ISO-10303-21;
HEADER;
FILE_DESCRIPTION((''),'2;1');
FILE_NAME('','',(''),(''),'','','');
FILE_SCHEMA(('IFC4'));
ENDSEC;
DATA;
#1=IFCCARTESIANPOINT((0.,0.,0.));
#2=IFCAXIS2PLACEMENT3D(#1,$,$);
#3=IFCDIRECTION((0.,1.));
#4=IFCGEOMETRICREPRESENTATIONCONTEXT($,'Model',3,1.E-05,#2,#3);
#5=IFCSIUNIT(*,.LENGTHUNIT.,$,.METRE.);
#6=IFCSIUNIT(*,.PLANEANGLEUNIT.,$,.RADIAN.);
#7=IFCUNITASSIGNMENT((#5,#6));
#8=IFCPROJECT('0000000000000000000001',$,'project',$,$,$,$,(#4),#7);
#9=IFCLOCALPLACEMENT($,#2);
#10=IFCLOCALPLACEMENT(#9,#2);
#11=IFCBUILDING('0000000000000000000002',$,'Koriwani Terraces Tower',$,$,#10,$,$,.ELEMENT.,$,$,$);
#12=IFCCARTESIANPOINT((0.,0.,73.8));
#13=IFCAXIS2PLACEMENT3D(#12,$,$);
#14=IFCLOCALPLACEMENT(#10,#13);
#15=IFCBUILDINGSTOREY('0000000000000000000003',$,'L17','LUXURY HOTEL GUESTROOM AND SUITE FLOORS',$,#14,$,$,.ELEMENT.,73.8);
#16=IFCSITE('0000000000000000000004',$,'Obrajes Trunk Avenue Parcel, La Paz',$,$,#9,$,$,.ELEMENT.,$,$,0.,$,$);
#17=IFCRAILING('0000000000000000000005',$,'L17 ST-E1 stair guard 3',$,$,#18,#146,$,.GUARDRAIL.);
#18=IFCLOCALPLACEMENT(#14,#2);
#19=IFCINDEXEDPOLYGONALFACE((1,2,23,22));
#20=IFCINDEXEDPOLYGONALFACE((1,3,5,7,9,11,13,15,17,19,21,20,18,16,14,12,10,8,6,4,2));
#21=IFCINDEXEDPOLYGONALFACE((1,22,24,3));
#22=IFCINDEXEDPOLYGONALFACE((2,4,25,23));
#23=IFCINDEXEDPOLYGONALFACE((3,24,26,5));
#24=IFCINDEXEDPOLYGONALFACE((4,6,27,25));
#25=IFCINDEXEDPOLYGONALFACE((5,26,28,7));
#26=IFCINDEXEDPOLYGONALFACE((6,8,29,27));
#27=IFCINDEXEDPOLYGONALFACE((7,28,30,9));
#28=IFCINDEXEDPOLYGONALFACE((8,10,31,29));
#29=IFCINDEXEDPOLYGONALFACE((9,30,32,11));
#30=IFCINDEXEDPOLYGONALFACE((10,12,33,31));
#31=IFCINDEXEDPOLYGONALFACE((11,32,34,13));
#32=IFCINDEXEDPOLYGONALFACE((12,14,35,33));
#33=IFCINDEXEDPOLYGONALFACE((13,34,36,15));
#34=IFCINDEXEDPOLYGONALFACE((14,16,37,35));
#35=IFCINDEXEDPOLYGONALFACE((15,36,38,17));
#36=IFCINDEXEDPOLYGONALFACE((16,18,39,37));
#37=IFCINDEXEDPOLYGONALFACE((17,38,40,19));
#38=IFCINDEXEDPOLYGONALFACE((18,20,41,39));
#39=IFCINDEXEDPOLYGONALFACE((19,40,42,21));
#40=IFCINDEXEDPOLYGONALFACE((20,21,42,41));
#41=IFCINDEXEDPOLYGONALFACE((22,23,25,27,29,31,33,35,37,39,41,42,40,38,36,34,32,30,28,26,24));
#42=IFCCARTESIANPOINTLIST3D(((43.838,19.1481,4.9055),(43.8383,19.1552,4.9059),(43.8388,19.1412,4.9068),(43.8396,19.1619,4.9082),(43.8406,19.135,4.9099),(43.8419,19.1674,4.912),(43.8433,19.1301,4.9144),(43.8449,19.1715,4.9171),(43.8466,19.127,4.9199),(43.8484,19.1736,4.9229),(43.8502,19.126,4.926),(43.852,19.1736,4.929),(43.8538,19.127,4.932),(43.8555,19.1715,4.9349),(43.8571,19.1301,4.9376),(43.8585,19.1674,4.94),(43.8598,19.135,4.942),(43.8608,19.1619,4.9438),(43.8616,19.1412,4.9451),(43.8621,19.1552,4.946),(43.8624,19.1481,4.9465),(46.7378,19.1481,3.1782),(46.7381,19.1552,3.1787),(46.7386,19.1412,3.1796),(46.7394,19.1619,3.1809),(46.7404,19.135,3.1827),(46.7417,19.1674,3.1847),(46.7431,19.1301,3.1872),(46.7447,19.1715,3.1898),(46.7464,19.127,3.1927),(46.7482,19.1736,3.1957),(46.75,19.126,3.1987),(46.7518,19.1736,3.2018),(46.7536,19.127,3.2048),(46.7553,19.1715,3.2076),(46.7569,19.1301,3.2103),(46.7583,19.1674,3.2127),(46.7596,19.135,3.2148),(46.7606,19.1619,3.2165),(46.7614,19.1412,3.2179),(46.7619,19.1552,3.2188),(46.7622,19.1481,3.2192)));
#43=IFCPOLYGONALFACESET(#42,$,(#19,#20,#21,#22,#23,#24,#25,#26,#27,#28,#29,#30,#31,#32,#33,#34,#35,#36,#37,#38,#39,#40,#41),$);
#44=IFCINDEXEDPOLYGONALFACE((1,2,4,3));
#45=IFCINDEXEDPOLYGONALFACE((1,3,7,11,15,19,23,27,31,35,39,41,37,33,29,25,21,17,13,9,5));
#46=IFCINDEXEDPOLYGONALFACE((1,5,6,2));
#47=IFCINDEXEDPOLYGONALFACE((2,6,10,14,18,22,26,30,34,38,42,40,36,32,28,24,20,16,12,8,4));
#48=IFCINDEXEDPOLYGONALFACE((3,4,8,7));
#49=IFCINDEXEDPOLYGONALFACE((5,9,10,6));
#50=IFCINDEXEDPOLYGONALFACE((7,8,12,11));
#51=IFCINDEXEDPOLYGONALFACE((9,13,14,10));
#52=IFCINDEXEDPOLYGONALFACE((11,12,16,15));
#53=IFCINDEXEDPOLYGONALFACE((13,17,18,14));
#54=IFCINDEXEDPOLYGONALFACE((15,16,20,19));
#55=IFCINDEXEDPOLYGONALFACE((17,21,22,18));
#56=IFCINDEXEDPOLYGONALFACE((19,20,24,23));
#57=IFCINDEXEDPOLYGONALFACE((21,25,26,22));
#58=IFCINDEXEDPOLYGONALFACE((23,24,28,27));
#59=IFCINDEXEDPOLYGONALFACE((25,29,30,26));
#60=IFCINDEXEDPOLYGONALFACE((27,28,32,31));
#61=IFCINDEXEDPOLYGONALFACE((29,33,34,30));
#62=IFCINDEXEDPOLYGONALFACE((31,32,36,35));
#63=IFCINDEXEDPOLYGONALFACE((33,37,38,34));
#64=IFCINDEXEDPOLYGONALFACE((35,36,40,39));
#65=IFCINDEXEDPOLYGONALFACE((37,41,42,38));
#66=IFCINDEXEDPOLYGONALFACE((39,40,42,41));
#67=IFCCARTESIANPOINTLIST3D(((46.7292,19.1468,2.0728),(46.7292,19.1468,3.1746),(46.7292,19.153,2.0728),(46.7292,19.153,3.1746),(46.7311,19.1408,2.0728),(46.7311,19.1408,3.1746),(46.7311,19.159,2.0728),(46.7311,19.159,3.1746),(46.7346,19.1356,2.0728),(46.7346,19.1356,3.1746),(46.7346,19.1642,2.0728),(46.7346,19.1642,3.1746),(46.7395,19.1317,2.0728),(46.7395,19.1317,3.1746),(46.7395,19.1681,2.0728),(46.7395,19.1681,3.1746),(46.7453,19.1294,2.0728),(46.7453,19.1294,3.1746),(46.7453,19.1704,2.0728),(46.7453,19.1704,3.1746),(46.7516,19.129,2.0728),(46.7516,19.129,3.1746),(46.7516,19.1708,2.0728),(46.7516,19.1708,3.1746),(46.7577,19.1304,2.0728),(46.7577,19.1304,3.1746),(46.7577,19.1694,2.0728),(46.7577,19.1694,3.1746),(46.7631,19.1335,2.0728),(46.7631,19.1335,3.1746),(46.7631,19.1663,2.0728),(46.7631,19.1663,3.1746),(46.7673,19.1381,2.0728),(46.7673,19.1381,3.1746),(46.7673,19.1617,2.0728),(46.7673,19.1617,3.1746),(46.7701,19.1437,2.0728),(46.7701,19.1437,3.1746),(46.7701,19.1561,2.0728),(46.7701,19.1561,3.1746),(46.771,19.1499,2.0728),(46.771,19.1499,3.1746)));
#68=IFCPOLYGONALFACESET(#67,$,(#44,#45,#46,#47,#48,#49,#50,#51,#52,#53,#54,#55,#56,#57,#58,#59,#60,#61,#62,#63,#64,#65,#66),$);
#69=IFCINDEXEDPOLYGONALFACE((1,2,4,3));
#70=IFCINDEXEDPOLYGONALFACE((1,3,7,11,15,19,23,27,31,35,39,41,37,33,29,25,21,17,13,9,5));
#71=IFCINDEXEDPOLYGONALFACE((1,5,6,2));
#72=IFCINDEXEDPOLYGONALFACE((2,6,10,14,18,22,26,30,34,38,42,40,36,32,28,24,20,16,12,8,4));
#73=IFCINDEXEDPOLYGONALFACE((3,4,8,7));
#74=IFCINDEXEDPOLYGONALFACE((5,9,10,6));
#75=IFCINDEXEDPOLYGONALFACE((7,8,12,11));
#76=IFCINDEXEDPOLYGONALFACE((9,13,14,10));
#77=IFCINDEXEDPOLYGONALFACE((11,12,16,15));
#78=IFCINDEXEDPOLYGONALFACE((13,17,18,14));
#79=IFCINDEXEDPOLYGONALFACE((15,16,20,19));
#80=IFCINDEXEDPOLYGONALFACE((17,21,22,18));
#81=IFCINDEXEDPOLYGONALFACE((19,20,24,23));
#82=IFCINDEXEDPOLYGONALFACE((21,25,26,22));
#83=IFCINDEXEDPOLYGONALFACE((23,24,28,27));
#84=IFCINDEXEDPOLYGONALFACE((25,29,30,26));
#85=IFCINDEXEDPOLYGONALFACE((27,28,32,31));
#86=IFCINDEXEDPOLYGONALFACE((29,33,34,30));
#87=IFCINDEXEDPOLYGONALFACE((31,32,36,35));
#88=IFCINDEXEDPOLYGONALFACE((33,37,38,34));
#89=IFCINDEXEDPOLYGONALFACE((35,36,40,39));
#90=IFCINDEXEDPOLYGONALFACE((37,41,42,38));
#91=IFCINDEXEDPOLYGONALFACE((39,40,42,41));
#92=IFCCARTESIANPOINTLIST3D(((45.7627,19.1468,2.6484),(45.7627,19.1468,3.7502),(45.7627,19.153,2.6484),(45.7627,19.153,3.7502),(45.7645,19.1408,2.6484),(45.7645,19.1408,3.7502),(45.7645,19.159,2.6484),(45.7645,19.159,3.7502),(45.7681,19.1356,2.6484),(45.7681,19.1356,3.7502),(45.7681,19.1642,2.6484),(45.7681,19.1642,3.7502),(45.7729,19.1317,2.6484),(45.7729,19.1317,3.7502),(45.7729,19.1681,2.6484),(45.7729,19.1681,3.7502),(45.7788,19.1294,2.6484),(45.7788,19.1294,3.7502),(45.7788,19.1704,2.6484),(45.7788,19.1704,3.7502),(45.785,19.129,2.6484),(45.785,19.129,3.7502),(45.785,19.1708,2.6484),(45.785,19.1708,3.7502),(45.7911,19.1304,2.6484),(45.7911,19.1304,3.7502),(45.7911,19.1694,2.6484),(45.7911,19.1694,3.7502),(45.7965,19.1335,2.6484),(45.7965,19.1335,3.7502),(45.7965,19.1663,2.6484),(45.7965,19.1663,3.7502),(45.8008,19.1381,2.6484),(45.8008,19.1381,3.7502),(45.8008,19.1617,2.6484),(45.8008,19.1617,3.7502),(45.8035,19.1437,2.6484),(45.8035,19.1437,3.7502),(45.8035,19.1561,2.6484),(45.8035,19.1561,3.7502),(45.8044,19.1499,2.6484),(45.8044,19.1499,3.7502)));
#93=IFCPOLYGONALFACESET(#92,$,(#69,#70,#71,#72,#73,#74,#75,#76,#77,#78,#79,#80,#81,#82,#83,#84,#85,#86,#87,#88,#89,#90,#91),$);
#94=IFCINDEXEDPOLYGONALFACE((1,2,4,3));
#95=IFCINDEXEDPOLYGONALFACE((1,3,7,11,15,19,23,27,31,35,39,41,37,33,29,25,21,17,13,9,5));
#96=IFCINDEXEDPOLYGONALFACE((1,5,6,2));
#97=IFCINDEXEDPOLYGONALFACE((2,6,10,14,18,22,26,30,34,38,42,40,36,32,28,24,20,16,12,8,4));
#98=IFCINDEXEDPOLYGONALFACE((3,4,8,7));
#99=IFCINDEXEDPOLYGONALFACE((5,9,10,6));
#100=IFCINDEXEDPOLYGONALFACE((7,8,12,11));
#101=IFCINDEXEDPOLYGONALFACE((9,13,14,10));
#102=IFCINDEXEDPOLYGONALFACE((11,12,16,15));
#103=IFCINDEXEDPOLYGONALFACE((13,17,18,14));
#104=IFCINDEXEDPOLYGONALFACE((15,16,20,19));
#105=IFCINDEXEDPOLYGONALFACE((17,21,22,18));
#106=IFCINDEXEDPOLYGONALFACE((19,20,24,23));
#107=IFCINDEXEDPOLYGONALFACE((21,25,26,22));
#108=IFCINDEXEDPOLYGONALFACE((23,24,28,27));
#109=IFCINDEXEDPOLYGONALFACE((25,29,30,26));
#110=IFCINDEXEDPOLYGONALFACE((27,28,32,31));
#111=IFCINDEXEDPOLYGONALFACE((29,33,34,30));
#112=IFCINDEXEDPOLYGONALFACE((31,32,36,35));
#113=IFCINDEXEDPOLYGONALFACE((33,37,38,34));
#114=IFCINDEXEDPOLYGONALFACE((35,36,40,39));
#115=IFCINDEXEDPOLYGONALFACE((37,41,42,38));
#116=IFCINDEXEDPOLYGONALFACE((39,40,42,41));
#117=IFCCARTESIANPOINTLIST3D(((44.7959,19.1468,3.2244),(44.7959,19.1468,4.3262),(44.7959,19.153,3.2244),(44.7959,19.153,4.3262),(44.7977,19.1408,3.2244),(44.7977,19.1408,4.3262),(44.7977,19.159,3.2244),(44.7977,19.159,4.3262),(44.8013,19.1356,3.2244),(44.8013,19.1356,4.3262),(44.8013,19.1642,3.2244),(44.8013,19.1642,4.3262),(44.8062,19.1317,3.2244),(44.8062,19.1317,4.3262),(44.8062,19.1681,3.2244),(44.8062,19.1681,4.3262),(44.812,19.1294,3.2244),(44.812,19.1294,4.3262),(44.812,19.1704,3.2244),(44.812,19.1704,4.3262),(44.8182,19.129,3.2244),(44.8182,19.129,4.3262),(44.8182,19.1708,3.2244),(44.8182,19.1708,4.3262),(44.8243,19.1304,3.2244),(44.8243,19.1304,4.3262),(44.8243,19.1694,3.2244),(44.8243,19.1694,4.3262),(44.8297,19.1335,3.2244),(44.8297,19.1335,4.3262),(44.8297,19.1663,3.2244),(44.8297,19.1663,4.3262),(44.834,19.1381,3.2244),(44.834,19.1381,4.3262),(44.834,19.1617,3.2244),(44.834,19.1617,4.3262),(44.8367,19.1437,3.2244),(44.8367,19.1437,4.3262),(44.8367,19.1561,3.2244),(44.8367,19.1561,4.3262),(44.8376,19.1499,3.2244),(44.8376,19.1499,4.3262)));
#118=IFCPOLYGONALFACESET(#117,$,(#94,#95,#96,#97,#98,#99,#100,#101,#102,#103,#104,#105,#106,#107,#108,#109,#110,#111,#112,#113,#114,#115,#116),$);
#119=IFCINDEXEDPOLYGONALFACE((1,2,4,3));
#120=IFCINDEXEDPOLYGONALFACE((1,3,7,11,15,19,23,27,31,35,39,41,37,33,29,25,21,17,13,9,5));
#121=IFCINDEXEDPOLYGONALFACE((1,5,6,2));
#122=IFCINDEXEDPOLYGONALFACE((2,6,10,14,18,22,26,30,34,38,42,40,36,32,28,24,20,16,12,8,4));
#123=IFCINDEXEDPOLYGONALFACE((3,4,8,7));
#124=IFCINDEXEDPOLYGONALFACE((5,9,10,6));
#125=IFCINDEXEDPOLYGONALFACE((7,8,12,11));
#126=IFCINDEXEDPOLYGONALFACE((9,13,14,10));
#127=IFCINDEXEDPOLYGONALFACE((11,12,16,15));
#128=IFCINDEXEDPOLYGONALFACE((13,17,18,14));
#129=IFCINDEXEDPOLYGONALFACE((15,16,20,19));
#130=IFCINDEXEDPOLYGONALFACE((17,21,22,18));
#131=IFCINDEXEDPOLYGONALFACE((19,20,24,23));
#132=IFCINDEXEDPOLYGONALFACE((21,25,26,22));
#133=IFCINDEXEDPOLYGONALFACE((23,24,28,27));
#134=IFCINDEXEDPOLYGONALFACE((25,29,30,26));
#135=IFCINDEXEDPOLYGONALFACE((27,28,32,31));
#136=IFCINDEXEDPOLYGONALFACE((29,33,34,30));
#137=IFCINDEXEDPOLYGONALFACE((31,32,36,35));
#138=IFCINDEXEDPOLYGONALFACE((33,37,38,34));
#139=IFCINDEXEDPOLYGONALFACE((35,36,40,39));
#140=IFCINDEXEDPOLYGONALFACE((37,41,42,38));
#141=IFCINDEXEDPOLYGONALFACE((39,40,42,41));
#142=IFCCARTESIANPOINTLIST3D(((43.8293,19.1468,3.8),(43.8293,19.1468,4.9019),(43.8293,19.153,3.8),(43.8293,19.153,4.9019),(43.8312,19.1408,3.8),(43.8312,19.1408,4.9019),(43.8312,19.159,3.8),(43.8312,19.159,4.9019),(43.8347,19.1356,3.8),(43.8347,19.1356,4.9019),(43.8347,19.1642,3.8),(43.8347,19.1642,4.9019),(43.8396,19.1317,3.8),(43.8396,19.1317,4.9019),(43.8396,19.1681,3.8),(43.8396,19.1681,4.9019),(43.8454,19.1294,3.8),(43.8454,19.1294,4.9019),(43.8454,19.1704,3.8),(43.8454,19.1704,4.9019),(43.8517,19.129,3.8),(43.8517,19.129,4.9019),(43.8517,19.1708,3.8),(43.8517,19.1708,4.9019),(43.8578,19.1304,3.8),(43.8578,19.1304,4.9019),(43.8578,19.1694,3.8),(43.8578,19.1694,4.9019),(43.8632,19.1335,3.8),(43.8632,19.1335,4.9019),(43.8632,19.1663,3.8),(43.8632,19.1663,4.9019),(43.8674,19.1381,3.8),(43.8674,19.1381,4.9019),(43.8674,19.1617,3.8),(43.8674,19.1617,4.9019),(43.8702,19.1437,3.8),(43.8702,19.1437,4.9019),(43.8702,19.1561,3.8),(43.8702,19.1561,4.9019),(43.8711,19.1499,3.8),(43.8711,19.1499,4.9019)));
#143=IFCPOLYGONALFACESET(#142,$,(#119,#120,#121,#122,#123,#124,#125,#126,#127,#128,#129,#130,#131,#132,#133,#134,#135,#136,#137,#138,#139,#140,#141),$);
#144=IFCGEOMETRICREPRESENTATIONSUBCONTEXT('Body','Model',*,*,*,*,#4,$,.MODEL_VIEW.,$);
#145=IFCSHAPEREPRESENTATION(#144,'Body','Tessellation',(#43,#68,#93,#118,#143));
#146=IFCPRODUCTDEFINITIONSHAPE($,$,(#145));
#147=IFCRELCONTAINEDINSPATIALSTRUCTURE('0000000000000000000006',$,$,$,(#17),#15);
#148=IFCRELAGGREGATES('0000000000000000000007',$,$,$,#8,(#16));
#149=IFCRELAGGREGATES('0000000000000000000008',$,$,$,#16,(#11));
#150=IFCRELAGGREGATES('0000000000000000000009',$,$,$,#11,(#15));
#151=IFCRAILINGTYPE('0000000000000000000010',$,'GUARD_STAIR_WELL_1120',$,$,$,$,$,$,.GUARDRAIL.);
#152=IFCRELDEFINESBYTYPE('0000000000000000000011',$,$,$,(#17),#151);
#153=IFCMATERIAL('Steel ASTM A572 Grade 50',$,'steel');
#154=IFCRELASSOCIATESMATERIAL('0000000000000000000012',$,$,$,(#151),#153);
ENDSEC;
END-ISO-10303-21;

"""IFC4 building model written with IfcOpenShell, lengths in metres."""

from ifc_helpers import new_model, si_unit, direction, frame, origin, origin_2d, place, context, subcontext, project, spatial, circle, extrude, material, type_object, element, save


model = new_model("IFC4")

# Units and contexts
model_context = context("Model", 3, precision=1e-05, world=origin(), true_north=direction((0.0, 1.0)))
body_context = subcontext(model_context, "Body", "Model", "MODEL_VIEW")
ifc_project = project(units=[si_unit("LENGTHUNIT", "METRE"), si_unit("PLANEANGLEUNIT", "RADIAN")], contexts=[model_context])

# Site, building, storey
site_placement = place(None, origin())
site = spatial("IfcSite", under=ifc_project, at=site_placement, Name="Obrajes Trunk Avenue Parcel, La Paz", CompositionType="ELEMENT", RefElevation=0.0)
building_placement = place(site_placement, origin())
building = spatial("IfcBuilding", under=site, at=building_placement, Name="Koriwani Terraces Tower", CompositionType="ELEMENT")
storey_placement = place(building_placement, frame((0.0, 0.0, 73.8)))
storey = spatial("IfcBuildingStorey", under=building, at=storey_placement, Name="L17", Description="LUXURY HOTEL GUESTROOM AND SUITE FLOORS", CompositionType="ELEMENT", Elevation=73.8)

# Shared definitions
ifc_material_1 = material(Name="Steel ASTM A572 Grade 50", Category="steel")

# Railing
railing_type_1 = type_object("IfcRailingType", Name="GUARD_STAIR_WELL_1120", PredefinedType="GUARDRAIL", material=ifc_material_1)
railing_1_placement = place(storey_placement, frame((46.75, 19.1499, 2.0728)))
element("IfcRailing", 1, at=railing_1_placement, inside=storey, type_object=railing_type_1, Name="L17 ST-E1 stair guard 3", PredefinedType="GUARDRAIL", context=body_context, shape_type="SweptSolid", body=[
    extrude(circle(Radius=0.0239, at=origin_2d()), frame((0.0, 0.0, 1.126), z_axis=(-0.859141, 0.0, 0.511738), x_axis=(0.0, -1.0, 0.0)), (0.0, 0.0, 1.0), 3.3752),
    extrude(circle(Radius=0.021, at=origin_2d()), origin(), (0.0, 0.0, 1.0), 1.1018),
    extrude(circle(Radius=0.021, at=origin_2d()), frame((-0.9666, 0.0, 0.5757)), (0.0, 0.0, 1.0), 1.1018),
    extrude(circle(Radius=0.021, at=origin_2d()), frame((-1.9333, 0.0, 1.1516)), (0.0, 0.0, 1.0), 1.1018),
    extrude(circle(Radius=0.021, at=origin_2d()), frame((-2.8999, 0.0, 1.7273)), (0.0, 0.0, 1.0), 1.1018),
])

save(model, "model.ifc")
